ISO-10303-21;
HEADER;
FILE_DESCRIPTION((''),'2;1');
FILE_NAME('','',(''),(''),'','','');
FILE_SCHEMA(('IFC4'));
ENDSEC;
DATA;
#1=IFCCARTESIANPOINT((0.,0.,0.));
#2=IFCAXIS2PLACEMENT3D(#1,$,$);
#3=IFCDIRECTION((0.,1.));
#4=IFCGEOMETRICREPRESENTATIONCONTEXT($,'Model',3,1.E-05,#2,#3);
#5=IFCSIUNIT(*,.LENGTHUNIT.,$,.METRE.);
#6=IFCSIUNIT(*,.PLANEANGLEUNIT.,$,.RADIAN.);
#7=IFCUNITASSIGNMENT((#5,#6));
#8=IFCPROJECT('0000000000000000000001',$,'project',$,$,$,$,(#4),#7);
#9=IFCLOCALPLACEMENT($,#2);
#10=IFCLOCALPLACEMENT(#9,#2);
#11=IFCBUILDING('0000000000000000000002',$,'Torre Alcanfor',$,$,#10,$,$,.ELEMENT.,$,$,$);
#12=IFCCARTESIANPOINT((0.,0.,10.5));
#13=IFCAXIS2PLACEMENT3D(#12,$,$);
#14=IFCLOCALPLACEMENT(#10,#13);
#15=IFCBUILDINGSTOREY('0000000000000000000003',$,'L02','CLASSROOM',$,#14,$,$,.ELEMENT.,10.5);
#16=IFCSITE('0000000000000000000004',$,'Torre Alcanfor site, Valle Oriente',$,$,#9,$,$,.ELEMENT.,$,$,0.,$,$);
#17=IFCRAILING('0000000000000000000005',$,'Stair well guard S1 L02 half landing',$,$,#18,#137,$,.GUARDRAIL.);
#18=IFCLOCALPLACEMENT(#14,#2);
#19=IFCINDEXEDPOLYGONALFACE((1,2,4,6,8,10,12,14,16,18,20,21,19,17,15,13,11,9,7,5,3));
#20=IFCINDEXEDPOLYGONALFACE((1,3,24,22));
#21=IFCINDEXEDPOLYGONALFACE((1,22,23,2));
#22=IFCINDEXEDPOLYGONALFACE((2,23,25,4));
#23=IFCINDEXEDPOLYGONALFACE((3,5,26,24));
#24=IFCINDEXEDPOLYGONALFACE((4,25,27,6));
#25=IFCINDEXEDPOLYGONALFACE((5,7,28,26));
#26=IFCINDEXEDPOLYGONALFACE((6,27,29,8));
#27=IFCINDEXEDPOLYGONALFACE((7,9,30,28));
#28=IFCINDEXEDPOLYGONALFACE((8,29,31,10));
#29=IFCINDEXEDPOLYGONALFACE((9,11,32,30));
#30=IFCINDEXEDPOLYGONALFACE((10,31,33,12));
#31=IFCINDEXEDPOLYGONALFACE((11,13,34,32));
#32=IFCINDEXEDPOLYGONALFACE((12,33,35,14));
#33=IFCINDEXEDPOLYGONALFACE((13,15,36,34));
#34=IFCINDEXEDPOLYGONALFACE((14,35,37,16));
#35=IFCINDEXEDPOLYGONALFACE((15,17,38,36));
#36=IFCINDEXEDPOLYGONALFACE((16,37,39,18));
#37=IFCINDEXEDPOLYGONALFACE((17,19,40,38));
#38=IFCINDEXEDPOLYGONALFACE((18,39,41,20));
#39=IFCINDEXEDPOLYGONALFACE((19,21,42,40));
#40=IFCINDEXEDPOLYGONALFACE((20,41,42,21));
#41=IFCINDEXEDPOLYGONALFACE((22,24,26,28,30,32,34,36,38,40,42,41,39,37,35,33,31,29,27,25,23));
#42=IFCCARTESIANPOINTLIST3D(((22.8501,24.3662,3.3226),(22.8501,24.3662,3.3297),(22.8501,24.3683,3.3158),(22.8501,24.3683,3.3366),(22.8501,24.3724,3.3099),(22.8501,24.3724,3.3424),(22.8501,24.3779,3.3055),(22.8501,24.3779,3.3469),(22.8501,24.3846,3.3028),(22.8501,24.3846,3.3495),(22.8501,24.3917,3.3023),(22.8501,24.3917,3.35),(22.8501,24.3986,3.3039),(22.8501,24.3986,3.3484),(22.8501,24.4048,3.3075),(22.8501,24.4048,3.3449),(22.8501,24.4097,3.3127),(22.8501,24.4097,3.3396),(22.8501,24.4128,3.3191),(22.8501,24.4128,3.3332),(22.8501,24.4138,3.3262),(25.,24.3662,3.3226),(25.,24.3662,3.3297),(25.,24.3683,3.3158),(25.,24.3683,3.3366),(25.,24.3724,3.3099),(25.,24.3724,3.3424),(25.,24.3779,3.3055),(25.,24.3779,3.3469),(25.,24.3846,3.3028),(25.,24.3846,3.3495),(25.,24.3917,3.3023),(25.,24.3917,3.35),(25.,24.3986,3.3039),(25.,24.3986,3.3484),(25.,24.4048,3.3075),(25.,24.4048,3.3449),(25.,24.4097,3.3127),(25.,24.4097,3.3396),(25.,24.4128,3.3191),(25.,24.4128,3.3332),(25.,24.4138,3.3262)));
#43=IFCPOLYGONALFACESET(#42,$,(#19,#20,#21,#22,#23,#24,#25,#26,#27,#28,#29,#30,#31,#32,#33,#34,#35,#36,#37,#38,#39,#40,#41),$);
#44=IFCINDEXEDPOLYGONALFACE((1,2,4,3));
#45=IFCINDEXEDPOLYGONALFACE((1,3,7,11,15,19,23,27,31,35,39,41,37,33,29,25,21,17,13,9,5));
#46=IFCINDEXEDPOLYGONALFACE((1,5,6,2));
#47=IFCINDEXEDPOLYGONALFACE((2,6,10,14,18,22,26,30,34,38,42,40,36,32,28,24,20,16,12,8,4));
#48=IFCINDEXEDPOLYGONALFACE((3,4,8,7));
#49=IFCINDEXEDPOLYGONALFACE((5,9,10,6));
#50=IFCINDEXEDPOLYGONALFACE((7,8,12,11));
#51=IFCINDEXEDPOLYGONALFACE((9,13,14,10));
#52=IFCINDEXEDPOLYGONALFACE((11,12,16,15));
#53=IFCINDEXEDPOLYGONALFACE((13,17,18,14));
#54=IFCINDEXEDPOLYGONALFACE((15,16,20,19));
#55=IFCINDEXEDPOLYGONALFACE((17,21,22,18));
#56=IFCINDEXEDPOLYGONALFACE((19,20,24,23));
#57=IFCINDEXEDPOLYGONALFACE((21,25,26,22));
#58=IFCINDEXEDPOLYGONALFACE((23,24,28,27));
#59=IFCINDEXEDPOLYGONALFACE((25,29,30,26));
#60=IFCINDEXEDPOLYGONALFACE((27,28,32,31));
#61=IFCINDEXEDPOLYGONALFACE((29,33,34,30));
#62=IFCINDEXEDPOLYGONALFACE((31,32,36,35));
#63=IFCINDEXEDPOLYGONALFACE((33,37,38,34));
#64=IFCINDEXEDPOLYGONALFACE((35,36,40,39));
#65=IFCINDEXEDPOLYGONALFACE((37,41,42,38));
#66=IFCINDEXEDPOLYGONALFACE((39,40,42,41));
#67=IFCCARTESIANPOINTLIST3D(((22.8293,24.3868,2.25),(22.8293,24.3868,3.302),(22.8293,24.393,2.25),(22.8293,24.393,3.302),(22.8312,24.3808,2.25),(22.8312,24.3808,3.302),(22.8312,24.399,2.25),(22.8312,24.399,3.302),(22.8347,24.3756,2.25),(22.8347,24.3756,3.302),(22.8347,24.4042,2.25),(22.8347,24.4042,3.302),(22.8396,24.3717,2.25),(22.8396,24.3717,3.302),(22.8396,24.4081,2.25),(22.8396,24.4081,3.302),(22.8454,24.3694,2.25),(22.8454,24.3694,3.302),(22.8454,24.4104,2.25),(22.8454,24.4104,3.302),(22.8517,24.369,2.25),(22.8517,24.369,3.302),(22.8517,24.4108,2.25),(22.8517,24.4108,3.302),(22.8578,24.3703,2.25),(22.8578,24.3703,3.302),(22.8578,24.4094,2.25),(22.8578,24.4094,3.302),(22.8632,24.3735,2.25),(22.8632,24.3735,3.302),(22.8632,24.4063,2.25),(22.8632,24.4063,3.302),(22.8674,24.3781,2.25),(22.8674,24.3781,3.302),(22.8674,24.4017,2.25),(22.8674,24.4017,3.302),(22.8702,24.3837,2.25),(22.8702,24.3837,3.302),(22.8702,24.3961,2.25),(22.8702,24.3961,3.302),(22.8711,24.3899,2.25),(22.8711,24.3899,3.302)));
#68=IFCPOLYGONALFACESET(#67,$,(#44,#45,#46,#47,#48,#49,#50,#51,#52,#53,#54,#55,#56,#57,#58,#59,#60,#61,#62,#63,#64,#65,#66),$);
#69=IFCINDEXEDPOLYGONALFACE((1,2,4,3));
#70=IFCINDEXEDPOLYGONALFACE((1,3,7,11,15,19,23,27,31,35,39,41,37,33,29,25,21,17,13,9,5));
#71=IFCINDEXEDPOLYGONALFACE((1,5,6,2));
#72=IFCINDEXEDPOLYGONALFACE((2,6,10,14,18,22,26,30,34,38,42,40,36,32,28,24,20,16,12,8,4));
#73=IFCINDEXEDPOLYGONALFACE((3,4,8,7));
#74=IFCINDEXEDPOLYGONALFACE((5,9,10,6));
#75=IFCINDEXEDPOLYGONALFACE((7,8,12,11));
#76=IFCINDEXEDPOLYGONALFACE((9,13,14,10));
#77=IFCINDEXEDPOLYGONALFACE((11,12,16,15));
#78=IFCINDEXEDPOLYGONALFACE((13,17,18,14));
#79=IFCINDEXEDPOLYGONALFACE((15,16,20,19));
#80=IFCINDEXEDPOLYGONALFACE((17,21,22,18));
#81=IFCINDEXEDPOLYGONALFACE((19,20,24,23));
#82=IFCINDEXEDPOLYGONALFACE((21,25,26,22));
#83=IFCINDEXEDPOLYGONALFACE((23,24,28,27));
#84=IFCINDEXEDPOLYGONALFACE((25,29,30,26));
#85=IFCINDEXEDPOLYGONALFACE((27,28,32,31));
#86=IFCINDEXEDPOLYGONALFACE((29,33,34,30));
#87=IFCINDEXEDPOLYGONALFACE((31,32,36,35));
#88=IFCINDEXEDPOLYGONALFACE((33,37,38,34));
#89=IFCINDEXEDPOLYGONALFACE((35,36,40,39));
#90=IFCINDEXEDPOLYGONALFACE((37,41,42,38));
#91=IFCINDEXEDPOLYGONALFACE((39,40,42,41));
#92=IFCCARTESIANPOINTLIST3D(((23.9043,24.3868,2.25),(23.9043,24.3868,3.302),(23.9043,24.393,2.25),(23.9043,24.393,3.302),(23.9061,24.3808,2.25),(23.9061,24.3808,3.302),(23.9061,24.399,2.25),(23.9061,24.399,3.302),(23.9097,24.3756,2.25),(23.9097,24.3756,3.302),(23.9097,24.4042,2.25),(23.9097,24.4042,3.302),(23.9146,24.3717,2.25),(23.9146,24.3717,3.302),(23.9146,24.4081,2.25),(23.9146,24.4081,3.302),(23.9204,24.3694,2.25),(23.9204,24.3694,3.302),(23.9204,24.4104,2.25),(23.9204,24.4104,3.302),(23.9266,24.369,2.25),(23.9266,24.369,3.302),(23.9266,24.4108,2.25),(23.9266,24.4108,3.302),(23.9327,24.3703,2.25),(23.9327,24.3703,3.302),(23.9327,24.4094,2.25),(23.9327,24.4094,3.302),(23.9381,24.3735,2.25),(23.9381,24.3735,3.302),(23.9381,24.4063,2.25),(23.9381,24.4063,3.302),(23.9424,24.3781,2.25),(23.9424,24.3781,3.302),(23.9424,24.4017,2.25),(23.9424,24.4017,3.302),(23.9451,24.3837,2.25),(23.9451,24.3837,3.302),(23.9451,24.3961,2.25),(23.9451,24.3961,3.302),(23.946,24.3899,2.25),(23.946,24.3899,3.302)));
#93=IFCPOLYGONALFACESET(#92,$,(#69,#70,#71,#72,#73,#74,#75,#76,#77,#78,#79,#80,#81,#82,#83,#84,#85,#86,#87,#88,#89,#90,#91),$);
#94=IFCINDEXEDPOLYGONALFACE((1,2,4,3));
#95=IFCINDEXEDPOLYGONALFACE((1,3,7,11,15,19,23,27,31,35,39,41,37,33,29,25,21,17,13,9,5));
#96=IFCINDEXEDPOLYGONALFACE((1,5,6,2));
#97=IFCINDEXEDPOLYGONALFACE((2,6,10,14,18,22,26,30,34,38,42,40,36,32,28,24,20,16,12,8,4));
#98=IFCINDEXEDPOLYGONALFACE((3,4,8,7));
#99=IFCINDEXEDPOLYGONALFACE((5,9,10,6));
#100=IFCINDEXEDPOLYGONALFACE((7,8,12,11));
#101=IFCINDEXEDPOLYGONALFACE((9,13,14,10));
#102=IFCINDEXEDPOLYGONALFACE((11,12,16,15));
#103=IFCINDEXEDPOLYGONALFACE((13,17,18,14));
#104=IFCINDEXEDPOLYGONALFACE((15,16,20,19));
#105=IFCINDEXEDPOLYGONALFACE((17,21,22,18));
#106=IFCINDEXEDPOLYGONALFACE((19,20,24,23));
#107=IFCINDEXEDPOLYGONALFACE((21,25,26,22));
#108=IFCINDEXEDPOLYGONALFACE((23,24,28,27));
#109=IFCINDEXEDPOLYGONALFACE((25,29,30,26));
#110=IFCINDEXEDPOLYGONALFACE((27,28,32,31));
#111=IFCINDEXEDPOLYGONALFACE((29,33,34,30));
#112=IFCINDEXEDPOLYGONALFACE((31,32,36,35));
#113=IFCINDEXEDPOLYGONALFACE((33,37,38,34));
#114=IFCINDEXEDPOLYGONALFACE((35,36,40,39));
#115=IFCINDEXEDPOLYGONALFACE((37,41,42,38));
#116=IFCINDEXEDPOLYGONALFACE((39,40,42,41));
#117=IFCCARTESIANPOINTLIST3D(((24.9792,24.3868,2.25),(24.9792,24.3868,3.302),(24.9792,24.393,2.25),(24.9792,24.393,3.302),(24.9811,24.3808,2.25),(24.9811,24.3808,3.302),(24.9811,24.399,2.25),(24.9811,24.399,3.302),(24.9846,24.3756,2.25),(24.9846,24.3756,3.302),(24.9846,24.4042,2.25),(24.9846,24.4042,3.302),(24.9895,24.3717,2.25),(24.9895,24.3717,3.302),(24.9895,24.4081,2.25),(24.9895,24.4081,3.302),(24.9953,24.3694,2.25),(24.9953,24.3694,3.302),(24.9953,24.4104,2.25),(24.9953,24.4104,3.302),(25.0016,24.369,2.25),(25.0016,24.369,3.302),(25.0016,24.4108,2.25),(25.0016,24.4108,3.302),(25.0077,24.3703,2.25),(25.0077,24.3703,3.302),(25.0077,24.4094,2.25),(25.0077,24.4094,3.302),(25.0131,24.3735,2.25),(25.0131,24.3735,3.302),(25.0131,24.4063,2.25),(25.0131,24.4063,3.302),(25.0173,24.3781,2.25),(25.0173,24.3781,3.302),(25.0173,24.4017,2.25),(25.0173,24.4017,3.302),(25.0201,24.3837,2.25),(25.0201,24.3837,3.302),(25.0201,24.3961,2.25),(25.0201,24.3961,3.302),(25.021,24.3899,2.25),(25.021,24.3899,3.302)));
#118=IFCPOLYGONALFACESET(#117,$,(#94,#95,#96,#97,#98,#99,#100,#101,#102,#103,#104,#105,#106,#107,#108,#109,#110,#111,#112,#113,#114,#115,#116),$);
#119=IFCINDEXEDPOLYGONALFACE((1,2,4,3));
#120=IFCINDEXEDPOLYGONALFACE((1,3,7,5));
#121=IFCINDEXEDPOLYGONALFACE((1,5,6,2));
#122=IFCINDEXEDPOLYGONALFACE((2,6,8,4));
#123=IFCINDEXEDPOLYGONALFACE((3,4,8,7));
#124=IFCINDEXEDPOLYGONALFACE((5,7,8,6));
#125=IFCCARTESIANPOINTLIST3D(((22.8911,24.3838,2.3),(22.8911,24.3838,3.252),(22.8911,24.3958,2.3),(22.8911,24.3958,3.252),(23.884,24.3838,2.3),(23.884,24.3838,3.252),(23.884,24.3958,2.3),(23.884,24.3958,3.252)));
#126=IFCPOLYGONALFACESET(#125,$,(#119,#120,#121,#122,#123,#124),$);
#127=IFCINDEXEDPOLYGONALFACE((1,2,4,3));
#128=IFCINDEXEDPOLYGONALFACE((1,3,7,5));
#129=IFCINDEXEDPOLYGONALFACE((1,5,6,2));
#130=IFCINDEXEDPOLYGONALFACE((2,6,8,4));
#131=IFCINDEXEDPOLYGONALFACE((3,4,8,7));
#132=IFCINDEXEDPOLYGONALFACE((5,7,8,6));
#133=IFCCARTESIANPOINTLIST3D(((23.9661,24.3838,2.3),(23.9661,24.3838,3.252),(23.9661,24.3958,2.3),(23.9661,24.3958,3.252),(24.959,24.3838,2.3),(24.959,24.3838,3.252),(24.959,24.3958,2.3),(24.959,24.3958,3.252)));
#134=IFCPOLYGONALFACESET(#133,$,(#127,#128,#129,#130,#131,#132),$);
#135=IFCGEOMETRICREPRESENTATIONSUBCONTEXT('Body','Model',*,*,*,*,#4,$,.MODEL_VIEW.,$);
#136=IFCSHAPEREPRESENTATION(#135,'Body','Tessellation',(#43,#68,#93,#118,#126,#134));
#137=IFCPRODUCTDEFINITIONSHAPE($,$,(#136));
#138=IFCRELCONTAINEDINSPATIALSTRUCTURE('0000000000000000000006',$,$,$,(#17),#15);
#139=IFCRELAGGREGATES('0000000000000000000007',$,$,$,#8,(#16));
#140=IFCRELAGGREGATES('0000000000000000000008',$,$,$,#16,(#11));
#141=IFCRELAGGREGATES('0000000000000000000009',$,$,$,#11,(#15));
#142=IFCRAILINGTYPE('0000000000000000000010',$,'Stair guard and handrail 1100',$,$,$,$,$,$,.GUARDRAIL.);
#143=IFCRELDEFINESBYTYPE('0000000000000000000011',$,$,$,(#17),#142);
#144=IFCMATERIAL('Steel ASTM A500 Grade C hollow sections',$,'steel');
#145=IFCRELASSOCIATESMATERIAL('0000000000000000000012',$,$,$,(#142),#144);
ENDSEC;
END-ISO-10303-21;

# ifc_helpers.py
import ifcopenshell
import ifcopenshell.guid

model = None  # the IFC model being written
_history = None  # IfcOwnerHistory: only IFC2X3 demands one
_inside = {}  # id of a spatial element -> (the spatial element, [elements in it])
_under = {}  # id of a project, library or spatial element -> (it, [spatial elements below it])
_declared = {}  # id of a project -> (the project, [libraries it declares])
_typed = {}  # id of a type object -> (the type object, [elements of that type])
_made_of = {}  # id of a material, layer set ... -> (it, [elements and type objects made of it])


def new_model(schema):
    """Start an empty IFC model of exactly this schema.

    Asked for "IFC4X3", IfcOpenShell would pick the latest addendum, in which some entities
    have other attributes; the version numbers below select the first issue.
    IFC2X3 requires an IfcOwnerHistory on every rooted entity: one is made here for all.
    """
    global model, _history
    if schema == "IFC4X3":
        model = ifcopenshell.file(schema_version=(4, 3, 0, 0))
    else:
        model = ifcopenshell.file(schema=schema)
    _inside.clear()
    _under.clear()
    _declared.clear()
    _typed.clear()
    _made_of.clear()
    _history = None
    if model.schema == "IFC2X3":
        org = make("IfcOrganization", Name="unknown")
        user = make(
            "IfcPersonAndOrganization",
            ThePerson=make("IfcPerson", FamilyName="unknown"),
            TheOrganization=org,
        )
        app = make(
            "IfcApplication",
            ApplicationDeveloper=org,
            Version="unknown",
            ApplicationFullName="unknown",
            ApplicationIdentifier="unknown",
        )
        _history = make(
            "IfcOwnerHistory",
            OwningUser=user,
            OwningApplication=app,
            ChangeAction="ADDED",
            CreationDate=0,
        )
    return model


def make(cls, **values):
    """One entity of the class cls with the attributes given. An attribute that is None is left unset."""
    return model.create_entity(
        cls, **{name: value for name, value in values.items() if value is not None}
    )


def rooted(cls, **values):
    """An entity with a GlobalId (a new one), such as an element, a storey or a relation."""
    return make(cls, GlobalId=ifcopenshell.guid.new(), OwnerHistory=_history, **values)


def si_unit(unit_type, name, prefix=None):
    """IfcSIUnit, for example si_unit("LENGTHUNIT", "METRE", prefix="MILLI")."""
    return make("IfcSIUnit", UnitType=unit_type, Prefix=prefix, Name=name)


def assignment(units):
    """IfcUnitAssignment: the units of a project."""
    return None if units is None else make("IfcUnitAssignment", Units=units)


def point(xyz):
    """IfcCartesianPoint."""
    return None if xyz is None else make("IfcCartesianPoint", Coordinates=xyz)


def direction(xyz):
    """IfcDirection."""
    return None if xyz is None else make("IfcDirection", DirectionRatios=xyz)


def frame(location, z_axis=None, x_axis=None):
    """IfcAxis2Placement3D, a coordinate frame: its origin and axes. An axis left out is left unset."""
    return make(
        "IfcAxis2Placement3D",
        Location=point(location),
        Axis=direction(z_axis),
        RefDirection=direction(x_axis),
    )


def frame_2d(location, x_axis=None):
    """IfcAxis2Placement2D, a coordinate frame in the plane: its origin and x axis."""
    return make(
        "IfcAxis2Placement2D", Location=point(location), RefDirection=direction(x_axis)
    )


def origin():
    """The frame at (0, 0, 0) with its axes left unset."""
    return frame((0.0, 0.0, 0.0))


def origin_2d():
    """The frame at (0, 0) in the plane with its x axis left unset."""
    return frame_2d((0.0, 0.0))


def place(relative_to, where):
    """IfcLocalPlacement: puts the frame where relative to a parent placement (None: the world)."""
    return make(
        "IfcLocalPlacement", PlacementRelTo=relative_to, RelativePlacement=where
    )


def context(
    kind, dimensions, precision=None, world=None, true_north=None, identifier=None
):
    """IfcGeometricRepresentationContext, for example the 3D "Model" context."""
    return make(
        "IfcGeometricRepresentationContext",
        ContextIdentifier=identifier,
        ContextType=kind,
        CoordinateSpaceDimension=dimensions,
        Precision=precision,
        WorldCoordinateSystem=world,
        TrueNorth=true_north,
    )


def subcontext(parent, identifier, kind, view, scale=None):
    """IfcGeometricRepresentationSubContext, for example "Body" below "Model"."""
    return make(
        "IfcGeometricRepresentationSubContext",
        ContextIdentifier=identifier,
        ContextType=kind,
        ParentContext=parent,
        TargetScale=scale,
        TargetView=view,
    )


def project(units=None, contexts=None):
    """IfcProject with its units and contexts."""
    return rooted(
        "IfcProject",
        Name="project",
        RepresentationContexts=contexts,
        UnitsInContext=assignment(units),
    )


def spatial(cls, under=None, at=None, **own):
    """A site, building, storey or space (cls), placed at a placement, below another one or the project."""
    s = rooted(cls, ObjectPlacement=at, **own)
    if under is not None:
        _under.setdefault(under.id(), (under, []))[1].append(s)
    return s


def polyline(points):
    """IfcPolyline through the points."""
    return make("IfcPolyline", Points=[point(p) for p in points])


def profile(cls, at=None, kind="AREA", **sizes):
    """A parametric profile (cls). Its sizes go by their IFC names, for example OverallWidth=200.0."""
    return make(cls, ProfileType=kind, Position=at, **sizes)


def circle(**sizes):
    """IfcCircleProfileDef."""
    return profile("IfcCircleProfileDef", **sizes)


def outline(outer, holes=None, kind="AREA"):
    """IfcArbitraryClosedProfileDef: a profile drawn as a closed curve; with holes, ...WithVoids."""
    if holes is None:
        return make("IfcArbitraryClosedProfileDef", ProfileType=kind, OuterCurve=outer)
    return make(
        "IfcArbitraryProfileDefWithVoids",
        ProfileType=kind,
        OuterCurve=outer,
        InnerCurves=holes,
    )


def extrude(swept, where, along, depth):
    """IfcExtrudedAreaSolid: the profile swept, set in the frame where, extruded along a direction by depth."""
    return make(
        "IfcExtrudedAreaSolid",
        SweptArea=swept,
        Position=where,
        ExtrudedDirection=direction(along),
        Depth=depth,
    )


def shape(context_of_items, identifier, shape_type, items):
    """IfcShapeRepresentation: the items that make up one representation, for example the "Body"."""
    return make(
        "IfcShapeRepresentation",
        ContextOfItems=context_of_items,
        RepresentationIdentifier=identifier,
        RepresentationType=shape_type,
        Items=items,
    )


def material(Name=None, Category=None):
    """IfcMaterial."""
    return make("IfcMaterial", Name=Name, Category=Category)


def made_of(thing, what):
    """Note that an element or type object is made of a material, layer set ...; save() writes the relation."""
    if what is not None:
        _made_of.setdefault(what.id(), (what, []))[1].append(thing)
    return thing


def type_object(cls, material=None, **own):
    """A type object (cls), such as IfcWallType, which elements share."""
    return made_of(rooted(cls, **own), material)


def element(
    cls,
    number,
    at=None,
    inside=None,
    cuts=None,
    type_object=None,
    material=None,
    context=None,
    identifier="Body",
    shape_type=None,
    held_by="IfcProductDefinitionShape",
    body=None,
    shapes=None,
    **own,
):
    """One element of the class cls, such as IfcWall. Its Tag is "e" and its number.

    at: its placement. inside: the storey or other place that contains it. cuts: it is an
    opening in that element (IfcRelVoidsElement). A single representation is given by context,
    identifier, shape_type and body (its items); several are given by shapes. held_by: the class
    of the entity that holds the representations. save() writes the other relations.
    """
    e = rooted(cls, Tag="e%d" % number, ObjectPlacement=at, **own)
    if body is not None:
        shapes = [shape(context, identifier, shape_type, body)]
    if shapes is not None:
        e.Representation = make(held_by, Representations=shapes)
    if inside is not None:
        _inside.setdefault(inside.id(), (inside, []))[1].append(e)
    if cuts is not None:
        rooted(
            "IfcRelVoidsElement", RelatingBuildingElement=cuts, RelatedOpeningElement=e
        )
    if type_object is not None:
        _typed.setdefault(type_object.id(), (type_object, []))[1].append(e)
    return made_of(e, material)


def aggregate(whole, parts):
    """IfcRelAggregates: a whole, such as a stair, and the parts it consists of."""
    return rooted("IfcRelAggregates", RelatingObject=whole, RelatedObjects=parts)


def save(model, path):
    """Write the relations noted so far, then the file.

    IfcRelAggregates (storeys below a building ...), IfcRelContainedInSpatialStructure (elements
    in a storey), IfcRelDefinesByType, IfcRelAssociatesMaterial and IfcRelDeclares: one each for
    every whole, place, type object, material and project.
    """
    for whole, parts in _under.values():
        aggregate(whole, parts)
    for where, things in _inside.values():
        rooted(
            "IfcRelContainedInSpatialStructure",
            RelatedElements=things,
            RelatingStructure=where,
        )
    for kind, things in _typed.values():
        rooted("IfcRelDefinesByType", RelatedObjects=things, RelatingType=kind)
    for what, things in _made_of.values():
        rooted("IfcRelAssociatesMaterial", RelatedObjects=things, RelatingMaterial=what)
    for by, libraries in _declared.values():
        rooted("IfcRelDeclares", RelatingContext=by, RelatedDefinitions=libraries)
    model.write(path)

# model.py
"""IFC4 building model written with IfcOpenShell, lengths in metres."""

from ifc_helpers import new_model, si_unit, direction, frame, origin, origin_2d, place, context, subcontext, project, spatial, polyline, circle, outline, extrude, material, type_object, element, save


model = new_model("IFC4")

# Units and contexts
model_context = context("Model", 3, precision=1e-05, world=origin(), true_north=direction((0.0, 1.0)))
body_context = subcontext(model_context, "Body", "Model", "MODEL_VIEW")
ifc_project = project(units=[si_unit("LENGTHUNIT", "METRE"), si_unit("PLANEANGLEUNIT", "RADIAN")], contexts=[model_context])

# Site, building, storey
site_placement = place(None, origin())
site = spatial("IfcSite", under=ifc_project, at=site_placement, Name="Torre Alcanfor site, Valle Oriente", CompositionType="ELEMENT", RefElevation=0.0)
building_placement = place(site_placement, origin())
building = spatial("IfcBuilding", under=site, at=building_placement, Name="Torre Alcanfor", CompositionType="ELEMENT")
storey_placement = place(building_placement, frame((0.0, 0.0, 10.5)))
storey = spatial("IfcBuildingStorey", under=building, at=storey_placement, Name="L02", Description="CLASSROOM", CompositionType="ELEMENT", Elevation=10.5)

# Railing
ifc_material_1 = material(Name="Steel ASTM A500 Grade C hollow sections", Category="steel")
railing_type_1 = type_object("IfcRailingType", Name="Stair guard and handrail 1100", PredefinedType="GUARDRAIL", material=ifc_material_1)
for number, where, name in (
    (1, (22.8501, 24.3899, 2.25), "Stair well guard S1 L02 half landing"),
):
    element("IfcRailing", number, at=place(storey_placement, frame(where)), inside=storey, type_object=railing_type_1, Name=name, PredefinedType="GUARDRAIL", context=body_context, shape_type="SweptSolid", body=[
        extrude(circle(Radius=0.0239, at=origin_2d()), frame((0.0, 0.0, 1.0762), z_axis=(1.0, 0.0, 0.0), x_axis=(0.0, 1.0, 0.0)), (0.0, 0.0, 1.0), 2.1499),
        extrude(circle(Radius=0.021, at=origin_2d()), origin(), (0.0, 0.0, 1.0), 1.052),
        extrude(circle(Radius=0.021, at=origin_2d()), frame((1.075, 0.0, 0.0)), (0.0, 0.0, 1.0), 1.052),
        extrude(circle(Radius=0.021, at=origin_2d()), frame((2.1499, 0.0, 0.0)), (0.0, 0.0, 1.0), 1.052),
        extrude(outline(polyline([(0.041, 0.05), (1.0339, 0.05), (1.0339, 1.002), (0.041, 1.002), (0.041, 0.05)])), frame((0.0, 0.0059, 0.0), z_axis=(0.0, -1.0, 0.0), x_axis=(1.0, 0.0, 0.0)), (0.0, 0.0, 1.0), 0.012),
        extrude(outline(polyline([(1.116, 0.05), (2.1089, 0.05), (2.1089, 1.002), (1.116, 1.002), (1.116, 0.05)])), frame((0.0, 0.0059, 0.0), z_axis=(0.0, -1.0, 0.0), x_axis=(1.0, 0.0, 0.0)), (0.0, 0.0, 1.0), 0.012),
    ])

save(model, "model.ifc")
